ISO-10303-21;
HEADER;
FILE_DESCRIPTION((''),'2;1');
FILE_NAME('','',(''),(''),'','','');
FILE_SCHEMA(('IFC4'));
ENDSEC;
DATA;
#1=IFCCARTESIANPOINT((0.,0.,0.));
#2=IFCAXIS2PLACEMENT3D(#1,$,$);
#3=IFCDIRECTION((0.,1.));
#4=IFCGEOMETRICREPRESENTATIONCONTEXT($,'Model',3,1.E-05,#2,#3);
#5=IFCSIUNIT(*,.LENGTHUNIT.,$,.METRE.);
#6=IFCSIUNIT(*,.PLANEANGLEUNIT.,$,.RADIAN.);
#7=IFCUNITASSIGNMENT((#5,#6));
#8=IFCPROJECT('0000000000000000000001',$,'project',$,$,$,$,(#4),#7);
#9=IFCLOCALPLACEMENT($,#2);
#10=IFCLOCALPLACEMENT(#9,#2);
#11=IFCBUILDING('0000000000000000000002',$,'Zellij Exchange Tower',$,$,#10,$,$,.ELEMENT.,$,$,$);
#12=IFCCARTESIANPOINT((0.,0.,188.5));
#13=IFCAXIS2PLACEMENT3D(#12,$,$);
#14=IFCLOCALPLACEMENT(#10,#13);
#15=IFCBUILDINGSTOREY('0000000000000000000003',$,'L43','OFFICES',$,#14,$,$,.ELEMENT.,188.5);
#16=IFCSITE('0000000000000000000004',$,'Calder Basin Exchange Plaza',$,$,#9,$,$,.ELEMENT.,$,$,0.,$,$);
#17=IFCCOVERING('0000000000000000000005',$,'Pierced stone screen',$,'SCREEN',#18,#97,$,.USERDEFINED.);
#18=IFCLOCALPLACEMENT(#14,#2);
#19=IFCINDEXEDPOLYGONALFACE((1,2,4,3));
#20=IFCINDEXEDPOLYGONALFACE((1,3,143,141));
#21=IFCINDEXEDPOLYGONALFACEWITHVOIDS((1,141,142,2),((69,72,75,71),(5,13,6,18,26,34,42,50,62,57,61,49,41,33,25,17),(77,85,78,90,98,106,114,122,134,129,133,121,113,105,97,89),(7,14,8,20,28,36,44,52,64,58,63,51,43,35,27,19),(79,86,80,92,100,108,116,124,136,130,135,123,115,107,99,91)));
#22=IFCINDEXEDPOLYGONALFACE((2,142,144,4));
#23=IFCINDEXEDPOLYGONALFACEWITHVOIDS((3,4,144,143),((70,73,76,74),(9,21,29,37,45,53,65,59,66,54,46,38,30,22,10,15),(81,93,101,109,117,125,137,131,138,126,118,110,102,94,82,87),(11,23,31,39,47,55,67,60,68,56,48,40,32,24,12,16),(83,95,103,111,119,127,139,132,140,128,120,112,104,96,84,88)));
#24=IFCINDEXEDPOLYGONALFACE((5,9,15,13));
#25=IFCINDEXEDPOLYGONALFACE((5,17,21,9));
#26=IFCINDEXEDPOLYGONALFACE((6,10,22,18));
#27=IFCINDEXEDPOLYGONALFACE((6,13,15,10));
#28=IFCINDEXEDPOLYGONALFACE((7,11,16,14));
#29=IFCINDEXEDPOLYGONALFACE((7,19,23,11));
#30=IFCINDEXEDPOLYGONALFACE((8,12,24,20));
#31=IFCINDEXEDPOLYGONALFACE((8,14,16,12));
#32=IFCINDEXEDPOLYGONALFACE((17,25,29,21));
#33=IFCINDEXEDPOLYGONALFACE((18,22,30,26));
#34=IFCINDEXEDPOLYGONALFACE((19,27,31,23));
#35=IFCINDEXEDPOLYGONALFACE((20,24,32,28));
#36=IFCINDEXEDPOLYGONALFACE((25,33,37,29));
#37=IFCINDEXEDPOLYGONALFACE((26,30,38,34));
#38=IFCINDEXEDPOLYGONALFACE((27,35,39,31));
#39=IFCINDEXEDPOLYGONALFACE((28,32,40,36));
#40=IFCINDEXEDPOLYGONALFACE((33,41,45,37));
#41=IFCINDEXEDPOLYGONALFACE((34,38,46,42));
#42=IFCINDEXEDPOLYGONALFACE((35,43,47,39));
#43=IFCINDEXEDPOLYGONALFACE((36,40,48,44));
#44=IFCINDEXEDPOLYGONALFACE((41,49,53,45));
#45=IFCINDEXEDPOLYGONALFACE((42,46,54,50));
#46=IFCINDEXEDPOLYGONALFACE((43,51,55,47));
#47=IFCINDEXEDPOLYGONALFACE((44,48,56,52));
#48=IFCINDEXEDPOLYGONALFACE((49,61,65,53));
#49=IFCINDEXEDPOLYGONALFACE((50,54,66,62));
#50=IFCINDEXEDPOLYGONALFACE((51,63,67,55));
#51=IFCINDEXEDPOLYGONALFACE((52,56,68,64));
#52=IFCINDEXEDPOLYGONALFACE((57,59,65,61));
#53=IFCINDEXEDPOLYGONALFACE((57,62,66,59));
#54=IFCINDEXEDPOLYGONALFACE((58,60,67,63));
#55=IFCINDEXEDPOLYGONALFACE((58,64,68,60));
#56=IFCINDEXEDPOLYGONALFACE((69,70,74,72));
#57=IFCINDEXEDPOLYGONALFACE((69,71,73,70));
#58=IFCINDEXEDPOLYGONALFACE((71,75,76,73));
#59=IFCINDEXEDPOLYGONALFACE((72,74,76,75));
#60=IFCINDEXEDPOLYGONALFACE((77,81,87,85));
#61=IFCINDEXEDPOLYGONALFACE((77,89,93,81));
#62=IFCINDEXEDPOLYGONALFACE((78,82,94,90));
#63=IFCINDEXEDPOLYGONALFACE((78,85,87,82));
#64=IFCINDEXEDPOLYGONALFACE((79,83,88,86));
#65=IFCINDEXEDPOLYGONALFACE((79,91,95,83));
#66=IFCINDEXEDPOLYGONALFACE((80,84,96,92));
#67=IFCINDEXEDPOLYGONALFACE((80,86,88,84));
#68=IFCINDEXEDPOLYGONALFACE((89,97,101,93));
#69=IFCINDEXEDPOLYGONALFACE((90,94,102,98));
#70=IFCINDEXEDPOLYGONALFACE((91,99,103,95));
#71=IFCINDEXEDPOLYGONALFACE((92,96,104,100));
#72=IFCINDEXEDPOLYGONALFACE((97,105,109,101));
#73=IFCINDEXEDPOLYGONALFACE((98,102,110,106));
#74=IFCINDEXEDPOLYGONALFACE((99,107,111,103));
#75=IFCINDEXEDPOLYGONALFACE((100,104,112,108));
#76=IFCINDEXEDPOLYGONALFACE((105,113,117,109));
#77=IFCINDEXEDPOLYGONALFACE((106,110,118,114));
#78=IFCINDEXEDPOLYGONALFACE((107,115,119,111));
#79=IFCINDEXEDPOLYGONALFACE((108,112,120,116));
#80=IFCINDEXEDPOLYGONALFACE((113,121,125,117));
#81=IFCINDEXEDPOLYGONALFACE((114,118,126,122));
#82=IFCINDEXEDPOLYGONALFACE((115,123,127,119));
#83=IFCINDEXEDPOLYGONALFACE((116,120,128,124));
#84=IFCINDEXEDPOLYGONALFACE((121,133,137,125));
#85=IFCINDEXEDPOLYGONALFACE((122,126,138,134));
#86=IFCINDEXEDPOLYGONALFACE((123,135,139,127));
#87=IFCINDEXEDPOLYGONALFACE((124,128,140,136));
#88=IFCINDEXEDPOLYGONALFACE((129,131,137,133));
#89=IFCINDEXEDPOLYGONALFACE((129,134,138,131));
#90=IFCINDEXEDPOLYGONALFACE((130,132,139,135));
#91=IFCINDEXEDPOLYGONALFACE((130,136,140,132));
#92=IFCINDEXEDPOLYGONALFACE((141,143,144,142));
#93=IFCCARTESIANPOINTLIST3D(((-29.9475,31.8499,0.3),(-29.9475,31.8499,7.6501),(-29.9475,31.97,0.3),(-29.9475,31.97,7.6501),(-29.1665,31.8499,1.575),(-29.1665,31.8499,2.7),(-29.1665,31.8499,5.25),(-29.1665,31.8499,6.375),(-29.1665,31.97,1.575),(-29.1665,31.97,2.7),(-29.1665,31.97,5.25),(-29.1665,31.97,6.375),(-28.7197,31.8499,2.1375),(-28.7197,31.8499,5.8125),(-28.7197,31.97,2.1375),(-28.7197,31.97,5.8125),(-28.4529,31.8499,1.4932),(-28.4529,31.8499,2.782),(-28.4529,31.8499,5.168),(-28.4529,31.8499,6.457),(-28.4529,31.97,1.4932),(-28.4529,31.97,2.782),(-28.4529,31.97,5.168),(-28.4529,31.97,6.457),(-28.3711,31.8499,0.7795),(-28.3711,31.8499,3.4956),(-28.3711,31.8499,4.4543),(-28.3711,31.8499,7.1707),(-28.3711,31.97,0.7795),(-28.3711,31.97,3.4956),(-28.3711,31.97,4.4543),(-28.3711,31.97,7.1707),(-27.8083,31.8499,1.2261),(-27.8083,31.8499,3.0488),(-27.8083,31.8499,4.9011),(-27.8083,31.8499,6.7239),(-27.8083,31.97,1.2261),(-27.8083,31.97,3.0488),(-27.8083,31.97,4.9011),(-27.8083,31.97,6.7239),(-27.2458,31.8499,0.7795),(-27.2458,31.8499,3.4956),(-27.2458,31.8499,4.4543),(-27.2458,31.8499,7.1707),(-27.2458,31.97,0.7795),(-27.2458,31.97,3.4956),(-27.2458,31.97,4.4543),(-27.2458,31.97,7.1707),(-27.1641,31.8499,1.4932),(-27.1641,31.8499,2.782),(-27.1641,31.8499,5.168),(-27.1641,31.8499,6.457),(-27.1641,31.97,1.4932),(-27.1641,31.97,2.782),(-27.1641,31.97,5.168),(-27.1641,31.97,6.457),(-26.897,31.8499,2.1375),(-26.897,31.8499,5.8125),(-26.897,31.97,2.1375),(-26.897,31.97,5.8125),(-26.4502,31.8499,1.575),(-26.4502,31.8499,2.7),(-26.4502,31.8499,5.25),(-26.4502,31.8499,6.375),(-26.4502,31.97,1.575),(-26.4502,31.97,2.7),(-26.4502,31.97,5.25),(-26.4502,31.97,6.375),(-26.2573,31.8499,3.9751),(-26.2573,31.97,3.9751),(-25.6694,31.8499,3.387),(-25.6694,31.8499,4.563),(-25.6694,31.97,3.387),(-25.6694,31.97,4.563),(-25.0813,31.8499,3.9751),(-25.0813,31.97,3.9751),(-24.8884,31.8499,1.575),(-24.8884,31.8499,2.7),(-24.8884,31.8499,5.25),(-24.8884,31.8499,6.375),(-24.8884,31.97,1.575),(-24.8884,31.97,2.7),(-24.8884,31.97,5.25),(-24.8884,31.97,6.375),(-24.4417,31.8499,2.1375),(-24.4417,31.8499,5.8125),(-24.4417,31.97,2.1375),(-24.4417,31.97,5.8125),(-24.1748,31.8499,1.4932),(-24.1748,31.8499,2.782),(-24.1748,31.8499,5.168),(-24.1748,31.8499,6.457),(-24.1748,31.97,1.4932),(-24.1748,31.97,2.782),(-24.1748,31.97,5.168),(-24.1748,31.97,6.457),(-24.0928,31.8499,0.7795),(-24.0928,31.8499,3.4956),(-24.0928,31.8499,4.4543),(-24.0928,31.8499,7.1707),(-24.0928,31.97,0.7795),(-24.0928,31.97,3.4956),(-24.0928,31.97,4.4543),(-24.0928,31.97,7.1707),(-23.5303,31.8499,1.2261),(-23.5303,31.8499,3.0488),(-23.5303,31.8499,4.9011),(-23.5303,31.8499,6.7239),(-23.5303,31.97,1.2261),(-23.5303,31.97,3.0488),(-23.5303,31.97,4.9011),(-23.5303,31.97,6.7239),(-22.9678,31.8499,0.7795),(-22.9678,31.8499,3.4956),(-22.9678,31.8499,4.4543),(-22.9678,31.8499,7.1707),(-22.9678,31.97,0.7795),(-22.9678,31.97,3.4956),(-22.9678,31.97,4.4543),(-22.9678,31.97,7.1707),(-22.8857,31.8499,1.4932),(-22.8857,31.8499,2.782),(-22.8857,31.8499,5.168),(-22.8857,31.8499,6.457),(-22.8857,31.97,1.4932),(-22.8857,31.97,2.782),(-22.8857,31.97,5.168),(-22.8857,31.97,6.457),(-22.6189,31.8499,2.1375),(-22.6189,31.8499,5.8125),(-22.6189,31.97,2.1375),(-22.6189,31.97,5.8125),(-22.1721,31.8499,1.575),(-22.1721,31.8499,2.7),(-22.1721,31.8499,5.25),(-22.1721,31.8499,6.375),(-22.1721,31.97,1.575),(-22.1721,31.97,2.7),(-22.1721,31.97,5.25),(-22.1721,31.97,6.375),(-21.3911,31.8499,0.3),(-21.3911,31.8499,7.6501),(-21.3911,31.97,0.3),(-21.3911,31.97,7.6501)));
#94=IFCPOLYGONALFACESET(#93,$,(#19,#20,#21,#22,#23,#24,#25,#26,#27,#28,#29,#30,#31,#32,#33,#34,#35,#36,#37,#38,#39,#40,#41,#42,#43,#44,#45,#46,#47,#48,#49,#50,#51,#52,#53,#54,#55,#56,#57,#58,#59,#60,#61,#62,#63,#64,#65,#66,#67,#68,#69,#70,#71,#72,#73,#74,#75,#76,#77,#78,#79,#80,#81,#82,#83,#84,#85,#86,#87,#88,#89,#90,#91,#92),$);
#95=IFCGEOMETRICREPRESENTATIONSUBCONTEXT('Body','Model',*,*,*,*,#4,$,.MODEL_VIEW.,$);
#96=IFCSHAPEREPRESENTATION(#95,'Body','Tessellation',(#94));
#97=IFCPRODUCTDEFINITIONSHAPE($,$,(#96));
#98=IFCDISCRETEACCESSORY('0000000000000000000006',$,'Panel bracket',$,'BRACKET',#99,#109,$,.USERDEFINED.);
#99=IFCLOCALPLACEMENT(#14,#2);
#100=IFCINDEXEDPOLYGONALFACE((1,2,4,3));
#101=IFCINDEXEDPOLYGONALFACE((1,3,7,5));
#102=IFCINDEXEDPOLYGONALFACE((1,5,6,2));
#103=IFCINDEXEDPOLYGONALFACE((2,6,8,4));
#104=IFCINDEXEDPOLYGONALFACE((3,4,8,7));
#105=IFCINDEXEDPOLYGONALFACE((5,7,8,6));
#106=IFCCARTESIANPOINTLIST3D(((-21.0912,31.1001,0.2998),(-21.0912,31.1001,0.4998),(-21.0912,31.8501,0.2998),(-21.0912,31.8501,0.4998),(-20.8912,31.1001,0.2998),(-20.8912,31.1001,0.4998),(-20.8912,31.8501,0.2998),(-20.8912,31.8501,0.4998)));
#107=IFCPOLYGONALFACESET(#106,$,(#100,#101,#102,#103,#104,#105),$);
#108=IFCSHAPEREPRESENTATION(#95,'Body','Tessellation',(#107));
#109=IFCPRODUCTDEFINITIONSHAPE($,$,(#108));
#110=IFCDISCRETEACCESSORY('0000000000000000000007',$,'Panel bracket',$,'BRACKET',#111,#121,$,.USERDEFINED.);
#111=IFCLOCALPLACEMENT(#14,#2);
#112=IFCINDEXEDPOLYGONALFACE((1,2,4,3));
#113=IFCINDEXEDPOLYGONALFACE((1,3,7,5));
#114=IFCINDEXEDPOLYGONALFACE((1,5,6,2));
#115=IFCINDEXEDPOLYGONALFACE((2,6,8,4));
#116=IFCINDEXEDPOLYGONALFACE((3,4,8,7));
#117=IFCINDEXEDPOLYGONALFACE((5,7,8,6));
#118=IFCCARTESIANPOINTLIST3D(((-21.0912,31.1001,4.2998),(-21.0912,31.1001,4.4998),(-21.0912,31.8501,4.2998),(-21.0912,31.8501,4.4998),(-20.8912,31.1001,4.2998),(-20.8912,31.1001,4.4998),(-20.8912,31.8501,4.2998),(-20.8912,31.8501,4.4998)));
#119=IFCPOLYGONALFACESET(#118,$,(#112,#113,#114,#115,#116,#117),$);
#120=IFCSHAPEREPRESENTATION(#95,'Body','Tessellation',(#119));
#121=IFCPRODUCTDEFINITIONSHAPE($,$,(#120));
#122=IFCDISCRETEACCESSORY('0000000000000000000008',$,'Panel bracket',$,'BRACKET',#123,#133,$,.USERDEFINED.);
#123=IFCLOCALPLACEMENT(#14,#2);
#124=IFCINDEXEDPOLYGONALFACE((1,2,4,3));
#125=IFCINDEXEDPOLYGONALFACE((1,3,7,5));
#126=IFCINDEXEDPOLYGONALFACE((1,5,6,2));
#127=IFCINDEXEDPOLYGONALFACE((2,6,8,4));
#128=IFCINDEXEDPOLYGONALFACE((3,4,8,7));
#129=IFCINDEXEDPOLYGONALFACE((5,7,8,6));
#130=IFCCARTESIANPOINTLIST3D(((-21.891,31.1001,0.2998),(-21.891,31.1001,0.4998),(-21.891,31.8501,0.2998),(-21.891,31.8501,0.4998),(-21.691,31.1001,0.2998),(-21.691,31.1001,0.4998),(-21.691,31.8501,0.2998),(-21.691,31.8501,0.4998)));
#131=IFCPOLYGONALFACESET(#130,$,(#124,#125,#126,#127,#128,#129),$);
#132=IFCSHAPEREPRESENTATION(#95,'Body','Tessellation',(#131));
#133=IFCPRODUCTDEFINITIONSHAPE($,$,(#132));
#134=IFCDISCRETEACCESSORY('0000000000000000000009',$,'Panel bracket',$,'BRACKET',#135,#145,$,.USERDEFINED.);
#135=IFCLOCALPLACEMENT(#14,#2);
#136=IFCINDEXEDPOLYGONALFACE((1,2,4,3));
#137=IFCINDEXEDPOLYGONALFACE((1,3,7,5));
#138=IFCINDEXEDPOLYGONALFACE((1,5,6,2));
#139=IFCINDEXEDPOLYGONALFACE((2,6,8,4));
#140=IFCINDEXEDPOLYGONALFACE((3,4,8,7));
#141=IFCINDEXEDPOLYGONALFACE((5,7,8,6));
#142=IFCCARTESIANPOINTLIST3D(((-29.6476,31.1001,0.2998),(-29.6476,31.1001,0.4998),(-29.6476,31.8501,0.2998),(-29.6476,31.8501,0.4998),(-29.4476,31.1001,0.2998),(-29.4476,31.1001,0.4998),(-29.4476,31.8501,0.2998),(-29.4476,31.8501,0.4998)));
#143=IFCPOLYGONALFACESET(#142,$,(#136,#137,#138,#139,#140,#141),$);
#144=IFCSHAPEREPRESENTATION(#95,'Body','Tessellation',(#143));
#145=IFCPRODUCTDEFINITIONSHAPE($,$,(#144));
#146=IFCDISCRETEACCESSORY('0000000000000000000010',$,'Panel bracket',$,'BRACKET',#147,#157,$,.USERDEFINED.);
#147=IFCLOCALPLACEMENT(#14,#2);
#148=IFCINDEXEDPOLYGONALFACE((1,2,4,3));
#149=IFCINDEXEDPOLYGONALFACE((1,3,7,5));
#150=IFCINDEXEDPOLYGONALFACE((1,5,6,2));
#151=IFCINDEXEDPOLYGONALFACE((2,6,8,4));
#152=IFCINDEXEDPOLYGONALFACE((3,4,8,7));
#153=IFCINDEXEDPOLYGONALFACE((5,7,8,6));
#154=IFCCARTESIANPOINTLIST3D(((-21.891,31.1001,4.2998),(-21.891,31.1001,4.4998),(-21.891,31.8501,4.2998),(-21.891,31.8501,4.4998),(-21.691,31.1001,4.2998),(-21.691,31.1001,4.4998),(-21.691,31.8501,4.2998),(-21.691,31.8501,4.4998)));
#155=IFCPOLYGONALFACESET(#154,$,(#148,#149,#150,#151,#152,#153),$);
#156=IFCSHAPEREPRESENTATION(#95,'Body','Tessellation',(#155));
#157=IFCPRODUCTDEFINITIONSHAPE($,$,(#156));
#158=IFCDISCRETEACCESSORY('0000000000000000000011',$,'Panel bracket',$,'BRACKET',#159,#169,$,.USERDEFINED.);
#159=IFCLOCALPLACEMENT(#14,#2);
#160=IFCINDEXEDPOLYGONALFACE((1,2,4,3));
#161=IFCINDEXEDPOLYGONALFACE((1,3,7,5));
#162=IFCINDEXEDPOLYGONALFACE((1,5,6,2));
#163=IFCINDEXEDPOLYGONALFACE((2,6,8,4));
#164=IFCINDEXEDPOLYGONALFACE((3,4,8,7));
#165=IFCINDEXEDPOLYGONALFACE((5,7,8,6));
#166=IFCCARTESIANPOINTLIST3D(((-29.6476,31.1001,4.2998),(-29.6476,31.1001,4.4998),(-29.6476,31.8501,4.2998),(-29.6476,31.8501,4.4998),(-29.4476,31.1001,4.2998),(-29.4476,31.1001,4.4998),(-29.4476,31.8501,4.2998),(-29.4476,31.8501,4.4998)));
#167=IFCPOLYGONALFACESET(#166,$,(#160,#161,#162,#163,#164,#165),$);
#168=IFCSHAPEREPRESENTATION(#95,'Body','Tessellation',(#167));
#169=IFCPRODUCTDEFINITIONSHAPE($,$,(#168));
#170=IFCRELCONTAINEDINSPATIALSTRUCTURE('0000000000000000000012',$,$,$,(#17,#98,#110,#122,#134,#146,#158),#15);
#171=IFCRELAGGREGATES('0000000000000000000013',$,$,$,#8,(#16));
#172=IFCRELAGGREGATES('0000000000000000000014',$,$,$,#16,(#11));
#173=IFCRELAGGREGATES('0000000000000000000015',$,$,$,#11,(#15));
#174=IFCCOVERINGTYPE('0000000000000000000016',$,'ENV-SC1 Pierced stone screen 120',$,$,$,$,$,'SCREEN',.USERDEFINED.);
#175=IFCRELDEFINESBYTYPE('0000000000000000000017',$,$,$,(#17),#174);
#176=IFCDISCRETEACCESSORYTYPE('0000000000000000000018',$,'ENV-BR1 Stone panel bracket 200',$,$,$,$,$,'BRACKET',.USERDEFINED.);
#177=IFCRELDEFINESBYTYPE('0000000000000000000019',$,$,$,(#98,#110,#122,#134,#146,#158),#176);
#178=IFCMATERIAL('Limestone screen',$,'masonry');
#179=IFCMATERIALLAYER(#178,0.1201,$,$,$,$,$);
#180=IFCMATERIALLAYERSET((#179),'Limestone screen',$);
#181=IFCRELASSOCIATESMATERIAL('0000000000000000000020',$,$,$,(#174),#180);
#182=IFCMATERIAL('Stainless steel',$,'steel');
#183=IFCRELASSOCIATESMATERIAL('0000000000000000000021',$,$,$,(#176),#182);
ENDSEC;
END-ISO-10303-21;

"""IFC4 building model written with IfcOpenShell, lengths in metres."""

from ifc_helpers import new_model, si_unit, direction, frame, origin, origin_2d, place, context, subcontext, project, spatial, polyline, rectangle, outline, extrude, material, layer, layer_set, type_object, element, save


model = new_model("IFC4")

# Units and contexts
model_context = context("Model", 3, precision=1e-05, world=origin(), true_north=direction((0.0, 1.0)))
body_context = subcontext(model_context, "Body", "Model", "MODEL_VIEW")
ifc_project = project(units=[si_unit("LENGTHUNIT", "METRE"), si_unit("PLANEANGLEUNIT", "RADIAN")], contexts=[model_context])

# Site, building, storey
site_placement = place(None, origin())
site = spatial("IfcSite", under=ifc_project, at=site_placement, Name="Calder Basin Exchange Plaza", CompositionType="ELEMENT", RefElevation=0.0)
building_placement = place(site_placement, origin())
building = spatial("IfcBuilding", under=site, at=building_placement, Name="Zellij Exchange Tower", CompositionType="ELEMENT")
storey_placement = place(building_placement, frame((0.0, 0.0, 188.5)))
storey = spatial("IfcBuildingStorey", under=building, at=storey_placement, Name="L43", Description="OFFICES", CompositionType="ELEMENT", Elevation=188.5)

# Covering
ifc_material_1 = material(Name="Limestone screen", Category="masonry")
ifc_layer_1 = layer(ifc_material_1, 0.1201)
ifc_layer_set_1 = layer_set([ifc_layer_1], Name="Limestone screen")
covering_type = type_object("IfcCoveringType", Name="ENV-SC1 Pierced stone screen 120", ElementType="SCREEN", PredefinedType="USERDEFINED", material=ifc_layer_set_1)
covering_placement = place(storey_placement, frame((-21.3911, 31.9099, 0.3), z_axis=(0.0, 0.0, 1.0), x_axis=(-1.0, 0.0, 0.0)))
element("IfcCovering", 1, at=covering_placement, inside=storey, type_object=covering_type, Name="Pierced stone screen", ObjectType="SCREEN", PredefinedType="USERDEFINED", context=body_context, shape_type="SweptSolid", body=[
    extrude(outline(polyline([(0.0, 0.0), (8.5564, 0.0), (8.5564, 7.3501), (0.0, 7.3501), (0.0, 0.0)]), holes=[polyline([(3.4973, 2.3999), (2.7837, 2.4819), (2.7017, 3.1956), (2.1392, 2.7488), (1.5767, 3.1956), (1.4946, 2.4819), (0.781, 2.3999), (1.2278, 1.8374), (0.781, 1.2749), (1.4946, 1.1931), (1.5767, 0.4795), (2.1392, 0.926), (2.7017, 0.4795), (2.7837, 1.1931), (3.4973, 1.2749), (3.0505, 1.8374), (3.4973, 2.3999)]), polyline([(3.4973, 6.075), (2.7837, 6.157), (2.7017, 6.8706), (2.1392, 6.4238), (1.5767, 6.8706), (1.4946, 6.157), (0.781, 6.075), (1.2278, 5.5125), (0.781, 4.95), (1.4946, 4.8679), (1.5767, 4.1543), (2.1392, 4.6011), (2.7017, 4.1543), (2.7837, 4.8679), (3.4973, 4.95), (3.0505, 5.5125), (3.4973, 6.075)]), polyline([(7.7754, 2.3999), (7.0618, 2.4819), (6.98, 3.1956), (6.4172, 2.7488), (5.8547, 3.1956), (5.7729, 2.4819), (5.0591, 2.3999), (5.5059, 1.8374), (5.0591, 1.2749), (5.7729, 1.1931), (5.8547, 0.4795), (6.4172, 0.926), (6.98, 0.4795), (7.0618, 1.1931), (7.7754, 1.2749), (7.3286, 1.8374), (7.7754, 2.3999)]), polyline([(7.7754, 6.075), (7.0618, 6.157), (6.98, 6.8706), (6.4172, 6.4238), (5.8547, 6.8706), (5.7729, 6.157), (5.0591, 6.075), (5.5059, 5.5125), (5.0591, 4.95), (5.7729, 4.8679), (5.8547, 4.1543), (6.4172, 4.6011), (6.98, 4.1543), (7.0618, 4.8679), (7.7754, 4.95), (7.3286, 5.5125), (7.7754, 6.075)]), polyline([(4.8662, 3.675), (4.2783, 4.2629), (3.6902, 3.675), (4.2783, 3.0869), (4.8662, 3.675)])]), frame((0.0, 0.0601, 0.0), z_axis=(0.0, -1.0, 0.0), x_axis=(1.0, 0.0, 0.0)), (0.0, 0.0, 1.0), 0.1201),
])

# Discrete accessories
ifc_material_2 = material(Name="Stainless steel", Category="steel")
discrete_accessory_type = type_object("IfcDiscreteAccessoryType", Name="ENV-BR1 Stone panel bracket 200", ElementType="BRACKET", PredefinedType="USERDEFINED", material=ifc_material_2)
for number, where, z_axis, x_axis, name in (
    (2, (-20.9912, 31.4751, 0.2998), (0.0, 0.0, 1.0), (-1.0, 0.0, 0.0), "Panel bracket"),
    (3, (-20.9912, 31.4751, 4.2998), (0.0, 0.0, 1.0), (-1.0, 0.0, 0.0), "Panel bracket"),
    (4, (-21.791, 31.4751, 0.2998), (0.0, 0.0, 1.0), (-1.0, 0.0, 0.0), "Panel bracket"),
    (5, (-29.5476, 31.4751, 0.2998), (0.0, 0.0, 1.0), (-1.0, 0.0, 0.0), "Panel bracket"),
    (6, (-21.791, 31.4751, 4.2998), (0.0, 0.0, 1.0), (-1.0, 0.0, 0.0), "Panel bracket"),
    (7, (-29.5476, 31.4751, 4.2998), (0.0, 0.0, 1.0), (-1.0, 0.0, 0.0), "Panel bracket"),
):
    element("IfcDiscreteAccessory", number, at=place(storey_placement, frame(where, z_axis=z_axis, x_axis=x_axis)), inside=storey, type_object=discrete_accessory_type, Name=name, ObjectType="BRACKET", PredefinedType="USERDEFINED", context=body_context, shape_type="SweptSolid", body=[
        extrude(rectangle(XDim=0.2, YDim=0.75, at=origin_2d()), origin(), (0.0, 0.0, 1.0), 0.2),
    ])

save(model, "model.ifc")
